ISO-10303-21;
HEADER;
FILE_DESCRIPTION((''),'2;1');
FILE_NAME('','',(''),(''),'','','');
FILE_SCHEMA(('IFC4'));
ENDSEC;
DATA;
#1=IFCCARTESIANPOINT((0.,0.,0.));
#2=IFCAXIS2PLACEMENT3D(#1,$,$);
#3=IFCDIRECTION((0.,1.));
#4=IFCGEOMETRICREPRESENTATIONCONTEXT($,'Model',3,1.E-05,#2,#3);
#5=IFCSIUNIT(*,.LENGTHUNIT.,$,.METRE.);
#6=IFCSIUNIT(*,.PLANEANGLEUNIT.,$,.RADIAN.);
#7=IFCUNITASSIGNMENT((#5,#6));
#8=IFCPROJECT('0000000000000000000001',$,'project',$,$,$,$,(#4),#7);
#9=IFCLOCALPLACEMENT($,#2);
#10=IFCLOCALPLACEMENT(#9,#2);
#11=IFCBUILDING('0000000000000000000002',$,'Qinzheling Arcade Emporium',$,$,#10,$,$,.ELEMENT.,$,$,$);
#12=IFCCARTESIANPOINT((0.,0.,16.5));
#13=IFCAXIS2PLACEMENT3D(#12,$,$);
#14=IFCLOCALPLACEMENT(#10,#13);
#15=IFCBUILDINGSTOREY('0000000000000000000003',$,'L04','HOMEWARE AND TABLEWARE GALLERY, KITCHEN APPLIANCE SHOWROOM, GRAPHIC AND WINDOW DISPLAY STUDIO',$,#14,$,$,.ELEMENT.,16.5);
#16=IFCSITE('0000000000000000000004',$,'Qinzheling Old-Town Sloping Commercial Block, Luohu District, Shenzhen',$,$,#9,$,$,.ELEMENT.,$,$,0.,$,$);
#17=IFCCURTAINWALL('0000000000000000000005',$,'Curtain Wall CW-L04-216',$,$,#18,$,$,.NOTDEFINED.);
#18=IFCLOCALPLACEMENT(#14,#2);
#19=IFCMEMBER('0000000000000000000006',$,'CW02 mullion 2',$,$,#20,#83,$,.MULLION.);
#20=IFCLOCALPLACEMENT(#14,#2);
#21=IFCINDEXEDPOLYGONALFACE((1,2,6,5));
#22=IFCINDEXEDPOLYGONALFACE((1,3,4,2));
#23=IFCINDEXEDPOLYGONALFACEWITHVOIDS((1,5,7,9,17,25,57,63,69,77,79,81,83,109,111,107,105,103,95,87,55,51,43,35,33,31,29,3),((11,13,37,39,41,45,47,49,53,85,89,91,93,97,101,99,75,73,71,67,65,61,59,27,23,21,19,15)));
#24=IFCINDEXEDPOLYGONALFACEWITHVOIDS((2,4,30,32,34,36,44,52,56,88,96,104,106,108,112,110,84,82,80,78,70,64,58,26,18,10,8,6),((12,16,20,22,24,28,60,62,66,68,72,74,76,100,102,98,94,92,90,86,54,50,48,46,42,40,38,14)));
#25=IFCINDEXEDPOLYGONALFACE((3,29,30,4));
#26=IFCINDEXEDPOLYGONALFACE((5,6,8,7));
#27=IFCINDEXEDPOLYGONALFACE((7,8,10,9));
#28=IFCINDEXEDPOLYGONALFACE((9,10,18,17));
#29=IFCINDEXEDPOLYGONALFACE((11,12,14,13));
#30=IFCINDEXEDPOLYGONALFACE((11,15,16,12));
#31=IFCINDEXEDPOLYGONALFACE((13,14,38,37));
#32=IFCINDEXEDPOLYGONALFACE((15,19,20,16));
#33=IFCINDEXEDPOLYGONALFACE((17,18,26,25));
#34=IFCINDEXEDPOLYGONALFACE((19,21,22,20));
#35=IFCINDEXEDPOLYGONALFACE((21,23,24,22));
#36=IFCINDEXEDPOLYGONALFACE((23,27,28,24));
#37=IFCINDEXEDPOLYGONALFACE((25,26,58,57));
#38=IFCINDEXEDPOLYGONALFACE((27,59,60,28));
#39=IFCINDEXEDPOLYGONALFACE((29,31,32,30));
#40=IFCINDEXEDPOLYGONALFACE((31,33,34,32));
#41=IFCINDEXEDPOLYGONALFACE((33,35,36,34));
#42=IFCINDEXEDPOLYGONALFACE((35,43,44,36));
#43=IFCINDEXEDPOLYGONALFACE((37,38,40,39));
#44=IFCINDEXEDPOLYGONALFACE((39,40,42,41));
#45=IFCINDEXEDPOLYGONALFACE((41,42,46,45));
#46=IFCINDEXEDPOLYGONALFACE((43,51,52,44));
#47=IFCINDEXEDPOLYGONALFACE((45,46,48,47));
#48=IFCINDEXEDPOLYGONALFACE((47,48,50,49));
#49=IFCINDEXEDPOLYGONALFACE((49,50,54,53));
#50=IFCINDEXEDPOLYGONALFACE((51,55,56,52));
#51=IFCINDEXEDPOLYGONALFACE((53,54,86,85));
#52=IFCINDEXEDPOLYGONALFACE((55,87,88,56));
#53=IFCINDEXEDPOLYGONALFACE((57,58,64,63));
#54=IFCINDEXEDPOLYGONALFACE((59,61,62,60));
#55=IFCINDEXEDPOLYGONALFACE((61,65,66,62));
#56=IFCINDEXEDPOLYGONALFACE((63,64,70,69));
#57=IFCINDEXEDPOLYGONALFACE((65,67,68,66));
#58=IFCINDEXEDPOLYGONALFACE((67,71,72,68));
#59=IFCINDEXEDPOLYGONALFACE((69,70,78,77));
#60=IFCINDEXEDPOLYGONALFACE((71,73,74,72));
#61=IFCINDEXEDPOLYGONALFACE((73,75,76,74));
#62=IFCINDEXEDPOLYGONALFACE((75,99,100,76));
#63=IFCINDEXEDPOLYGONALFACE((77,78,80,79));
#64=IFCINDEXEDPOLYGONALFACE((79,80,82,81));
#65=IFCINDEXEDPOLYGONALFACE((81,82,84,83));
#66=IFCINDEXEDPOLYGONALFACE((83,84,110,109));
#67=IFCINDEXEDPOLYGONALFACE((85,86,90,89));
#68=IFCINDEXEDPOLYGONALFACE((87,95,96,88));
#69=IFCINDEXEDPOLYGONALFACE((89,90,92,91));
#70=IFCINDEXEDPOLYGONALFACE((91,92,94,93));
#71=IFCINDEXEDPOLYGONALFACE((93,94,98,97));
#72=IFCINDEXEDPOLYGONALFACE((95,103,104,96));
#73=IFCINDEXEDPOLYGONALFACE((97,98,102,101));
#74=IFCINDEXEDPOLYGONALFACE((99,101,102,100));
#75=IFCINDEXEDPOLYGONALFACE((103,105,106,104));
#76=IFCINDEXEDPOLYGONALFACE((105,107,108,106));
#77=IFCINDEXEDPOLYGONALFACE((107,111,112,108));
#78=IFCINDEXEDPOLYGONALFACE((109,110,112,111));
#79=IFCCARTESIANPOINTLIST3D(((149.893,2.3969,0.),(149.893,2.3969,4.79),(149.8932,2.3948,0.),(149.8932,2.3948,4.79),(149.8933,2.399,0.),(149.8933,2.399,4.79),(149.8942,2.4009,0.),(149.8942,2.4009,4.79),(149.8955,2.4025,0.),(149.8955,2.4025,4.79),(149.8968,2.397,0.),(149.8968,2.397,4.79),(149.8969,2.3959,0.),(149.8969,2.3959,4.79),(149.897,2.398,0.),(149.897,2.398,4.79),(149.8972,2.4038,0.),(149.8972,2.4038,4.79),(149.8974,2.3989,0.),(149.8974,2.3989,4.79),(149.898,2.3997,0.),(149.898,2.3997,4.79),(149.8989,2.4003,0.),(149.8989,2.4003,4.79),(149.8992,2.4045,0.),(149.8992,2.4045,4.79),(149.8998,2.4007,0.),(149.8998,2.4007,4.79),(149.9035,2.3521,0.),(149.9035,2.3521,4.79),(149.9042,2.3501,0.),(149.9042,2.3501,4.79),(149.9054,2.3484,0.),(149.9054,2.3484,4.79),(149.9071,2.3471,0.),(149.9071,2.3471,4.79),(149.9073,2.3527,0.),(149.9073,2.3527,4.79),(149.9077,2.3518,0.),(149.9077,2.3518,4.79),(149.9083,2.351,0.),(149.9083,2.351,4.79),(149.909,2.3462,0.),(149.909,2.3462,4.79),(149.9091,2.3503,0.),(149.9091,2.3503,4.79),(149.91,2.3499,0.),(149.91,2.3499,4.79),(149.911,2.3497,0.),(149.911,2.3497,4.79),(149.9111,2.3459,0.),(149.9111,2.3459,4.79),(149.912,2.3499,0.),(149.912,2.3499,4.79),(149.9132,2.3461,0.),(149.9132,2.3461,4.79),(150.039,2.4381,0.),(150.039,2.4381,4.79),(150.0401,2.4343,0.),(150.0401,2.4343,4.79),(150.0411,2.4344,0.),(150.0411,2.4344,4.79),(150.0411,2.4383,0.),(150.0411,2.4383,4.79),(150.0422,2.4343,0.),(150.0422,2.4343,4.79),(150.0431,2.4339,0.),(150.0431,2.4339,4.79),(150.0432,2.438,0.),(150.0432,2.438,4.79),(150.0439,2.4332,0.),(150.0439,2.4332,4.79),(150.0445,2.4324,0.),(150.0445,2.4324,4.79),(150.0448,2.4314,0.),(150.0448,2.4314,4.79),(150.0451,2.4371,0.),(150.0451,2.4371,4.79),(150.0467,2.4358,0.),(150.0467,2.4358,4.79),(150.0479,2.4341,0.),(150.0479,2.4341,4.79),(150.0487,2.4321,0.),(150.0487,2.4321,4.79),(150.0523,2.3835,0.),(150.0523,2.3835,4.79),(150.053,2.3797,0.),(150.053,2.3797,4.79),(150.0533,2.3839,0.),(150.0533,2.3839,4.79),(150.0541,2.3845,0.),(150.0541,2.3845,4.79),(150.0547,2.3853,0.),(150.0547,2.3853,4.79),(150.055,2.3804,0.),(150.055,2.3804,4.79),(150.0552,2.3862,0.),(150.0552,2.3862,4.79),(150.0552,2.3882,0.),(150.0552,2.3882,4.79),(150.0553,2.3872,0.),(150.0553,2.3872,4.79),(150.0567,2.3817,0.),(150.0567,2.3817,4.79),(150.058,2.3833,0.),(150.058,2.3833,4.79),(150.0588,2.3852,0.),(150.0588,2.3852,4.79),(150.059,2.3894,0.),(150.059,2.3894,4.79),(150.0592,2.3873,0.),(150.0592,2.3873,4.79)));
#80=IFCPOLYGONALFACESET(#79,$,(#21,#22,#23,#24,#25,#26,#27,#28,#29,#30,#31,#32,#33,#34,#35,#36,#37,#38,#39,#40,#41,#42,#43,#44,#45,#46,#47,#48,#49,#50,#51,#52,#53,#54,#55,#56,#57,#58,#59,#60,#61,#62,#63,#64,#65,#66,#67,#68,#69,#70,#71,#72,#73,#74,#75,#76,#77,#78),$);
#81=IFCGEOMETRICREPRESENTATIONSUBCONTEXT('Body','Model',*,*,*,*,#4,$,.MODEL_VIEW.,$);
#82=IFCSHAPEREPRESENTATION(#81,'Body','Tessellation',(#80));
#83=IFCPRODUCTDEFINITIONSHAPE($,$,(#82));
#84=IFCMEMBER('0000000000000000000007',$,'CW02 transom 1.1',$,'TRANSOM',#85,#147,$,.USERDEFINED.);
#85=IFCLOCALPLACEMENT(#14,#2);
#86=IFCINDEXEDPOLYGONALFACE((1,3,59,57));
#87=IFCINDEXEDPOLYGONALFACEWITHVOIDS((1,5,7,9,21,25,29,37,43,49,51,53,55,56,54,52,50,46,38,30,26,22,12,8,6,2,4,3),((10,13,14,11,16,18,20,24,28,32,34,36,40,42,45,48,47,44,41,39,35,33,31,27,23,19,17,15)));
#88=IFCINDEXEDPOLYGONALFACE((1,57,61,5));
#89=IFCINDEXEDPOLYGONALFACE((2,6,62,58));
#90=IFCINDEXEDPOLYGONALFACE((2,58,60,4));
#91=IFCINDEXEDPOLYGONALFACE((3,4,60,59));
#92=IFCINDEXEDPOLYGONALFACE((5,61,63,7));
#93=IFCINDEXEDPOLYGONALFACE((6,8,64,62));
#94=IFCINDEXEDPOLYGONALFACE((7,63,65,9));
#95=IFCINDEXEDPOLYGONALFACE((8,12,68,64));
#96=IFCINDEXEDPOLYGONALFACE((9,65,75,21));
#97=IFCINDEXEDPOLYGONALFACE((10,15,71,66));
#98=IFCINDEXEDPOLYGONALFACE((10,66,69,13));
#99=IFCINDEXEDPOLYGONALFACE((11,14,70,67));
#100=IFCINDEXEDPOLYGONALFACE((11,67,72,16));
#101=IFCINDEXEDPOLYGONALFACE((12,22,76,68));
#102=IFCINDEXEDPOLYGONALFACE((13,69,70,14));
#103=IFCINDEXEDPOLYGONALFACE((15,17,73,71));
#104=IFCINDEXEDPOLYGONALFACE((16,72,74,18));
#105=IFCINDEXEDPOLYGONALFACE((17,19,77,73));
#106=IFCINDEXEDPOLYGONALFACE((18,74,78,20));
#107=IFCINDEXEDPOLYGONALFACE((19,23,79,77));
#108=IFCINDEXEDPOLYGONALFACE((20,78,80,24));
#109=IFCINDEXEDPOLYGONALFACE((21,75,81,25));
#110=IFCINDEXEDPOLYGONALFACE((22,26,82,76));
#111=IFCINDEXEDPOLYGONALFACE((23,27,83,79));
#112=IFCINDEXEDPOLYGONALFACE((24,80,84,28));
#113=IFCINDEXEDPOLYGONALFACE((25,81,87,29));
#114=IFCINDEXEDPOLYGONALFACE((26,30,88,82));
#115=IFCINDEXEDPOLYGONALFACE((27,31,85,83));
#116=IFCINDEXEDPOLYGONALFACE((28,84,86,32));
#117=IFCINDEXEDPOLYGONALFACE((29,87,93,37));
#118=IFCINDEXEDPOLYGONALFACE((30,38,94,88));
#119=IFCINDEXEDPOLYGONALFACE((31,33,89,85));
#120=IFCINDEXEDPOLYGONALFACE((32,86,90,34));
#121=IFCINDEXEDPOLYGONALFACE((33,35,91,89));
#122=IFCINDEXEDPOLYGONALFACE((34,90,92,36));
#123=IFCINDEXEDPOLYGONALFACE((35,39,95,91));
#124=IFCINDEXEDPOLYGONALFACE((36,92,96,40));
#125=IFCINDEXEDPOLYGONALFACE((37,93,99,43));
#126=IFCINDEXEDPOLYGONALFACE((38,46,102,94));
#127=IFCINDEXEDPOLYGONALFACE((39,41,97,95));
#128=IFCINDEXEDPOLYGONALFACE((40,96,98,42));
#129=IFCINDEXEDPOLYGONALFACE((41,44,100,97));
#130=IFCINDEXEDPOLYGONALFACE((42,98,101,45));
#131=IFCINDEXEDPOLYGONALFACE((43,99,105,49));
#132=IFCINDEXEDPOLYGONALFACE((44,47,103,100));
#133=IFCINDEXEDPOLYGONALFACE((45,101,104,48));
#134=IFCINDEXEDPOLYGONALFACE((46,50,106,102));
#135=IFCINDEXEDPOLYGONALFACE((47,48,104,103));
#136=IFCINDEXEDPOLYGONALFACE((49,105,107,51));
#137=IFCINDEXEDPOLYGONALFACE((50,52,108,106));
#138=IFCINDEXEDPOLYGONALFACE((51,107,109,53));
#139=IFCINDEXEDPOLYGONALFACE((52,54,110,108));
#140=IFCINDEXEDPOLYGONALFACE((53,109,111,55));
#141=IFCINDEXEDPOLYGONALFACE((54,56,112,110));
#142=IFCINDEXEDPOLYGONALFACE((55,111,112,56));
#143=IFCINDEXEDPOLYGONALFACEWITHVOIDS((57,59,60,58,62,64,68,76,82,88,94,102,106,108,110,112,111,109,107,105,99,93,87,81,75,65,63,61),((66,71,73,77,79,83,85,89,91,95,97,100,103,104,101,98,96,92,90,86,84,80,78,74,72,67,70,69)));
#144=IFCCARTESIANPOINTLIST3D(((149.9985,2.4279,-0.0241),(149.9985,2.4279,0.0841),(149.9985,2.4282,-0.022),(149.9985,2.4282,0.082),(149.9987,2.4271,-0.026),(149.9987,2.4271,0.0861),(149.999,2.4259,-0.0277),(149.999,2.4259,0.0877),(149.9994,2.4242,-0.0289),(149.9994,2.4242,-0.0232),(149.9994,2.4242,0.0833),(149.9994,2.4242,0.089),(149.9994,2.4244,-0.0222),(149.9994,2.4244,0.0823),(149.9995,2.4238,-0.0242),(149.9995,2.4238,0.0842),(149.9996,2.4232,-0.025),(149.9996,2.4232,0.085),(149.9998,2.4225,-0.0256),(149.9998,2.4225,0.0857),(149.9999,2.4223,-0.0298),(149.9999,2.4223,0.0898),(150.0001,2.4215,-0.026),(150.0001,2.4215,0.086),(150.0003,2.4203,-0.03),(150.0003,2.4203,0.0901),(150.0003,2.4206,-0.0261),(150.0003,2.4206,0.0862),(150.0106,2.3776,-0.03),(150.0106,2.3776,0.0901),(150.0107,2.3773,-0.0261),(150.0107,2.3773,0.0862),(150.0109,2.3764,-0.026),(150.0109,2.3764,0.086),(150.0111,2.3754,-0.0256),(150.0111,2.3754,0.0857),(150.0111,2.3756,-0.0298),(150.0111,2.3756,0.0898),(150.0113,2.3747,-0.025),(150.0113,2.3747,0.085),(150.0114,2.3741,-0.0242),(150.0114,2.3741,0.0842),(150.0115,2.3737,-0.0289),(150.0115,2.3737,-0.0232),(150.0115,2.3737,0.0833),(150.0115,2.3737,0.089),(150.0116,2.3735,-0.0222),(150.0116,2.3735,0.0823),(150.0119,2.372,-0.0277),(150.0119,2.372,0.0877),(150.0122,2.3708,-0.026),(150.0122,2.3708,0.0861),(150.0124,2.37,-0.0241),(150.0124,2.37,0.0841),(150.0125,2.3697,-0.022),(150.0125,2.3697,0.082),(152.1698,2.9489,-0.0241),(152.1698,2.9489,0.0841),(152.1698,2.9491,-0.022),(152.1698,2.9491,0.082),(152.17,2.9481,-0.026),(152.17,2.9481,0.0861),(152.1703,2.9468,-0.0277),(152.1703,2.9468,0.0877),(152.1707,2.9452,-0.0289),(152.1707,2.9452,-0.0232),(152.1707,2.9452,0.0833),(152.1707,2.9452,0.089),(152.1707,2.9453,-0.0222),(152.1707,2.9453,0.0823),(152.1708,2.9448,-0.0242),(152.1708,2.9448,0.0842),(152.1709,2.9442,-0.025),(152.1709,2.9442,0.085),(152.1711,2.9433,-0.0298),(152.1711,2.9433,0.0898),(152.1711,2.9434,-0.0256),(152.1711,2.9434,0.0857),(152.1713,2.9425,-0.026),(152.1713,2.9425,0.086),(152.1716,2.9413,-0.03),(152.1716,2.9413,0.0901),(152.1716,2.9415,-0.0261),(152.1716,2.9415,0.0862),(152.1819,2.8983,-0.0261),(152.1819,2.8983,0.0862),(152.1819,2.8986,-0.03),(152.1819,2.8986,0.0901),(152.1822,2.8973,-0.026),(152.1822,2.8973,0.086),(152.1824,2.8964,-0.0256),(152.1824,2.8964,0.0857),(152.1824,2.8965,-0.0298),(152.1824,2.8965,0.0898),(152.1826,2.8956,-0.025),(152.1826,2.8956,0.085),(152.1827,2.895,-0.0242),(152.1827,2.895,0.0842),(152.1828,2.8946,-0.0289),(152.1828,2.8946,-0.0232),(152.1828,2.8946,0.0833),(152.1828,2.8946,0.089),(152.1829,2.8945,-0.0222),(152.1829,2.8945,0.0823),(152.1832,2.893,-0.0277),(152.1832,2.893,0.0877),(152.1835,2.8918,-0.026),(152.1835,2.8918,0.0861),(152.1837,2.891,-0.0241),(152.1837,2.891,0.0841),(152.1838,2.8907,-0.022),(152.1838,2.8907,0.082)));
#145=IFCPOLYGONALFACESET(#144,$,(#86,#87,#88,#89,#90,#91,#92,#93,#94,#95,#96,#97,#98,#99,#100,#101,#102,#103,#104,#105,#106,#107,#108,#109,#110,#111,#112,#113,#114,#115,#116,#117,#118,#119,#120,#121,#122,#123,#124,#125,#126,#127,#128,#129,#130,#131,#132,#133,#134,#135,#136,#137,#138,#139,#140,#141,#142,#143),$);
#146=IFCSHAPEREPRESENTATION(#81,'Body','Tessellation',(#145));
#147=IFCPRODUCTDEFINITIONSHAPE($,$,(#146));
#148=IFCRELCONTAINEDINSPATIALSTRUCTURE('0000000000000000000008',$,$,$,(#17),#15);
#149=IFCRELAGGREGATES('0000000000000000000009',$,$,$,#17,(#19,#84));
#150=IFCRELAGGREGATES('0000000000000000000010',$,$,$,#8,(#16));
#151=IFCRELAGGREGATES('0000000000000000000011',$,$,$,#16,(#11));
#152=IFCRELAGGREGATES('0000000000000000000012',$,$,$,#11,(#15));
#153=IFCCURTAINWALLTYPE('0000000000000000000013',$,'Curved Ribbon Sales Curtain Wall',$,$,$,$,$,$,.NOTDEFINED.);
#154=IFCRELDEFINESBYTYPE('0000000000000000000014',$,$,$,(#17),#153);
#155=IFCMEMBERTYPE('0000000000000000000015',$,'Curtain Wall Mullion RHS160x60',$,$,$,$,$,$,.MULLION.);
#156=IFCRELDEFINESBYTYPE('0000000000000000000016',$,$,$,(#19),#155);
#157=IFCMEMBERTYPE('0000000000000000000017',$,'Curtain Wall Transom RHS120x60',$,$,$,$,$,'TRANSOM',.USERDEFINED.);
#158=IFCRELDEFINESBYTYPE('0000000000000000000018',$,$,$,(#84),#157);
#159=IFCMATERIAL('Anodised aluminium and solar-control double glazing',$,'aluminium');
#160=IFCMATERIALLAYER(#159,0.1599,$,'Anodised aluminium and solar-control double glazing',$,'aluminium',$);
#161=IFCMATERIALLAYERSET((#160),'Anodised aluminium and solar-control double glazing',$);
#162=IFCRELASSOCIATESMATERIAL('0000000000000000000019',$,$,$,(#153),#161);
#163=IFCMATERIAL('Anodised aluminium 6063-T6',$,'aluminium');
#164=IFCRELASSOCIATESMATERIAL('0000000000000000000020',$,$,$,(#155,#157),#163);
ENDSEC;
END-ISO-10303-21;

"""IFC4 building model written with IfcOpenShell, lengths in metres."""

from ifc_helpers import new_model, si_unit, direction, frame, origin, origin_2d, place, context, subcontext, project, spatial, hollow_rectangle, extrude, material, layer, layer_set, material_profile, profile_set, type_object, element, aggregate, save


model = new_model("IFC4")

# Units and contexts
model_context = context("Model", 3, precision=1e-05, world=origin(), true_north=direction((0.0, 1.0)))
body_context = subcontext(model_context, "Body", "Model", "MODEL_VIEW")
ifc_project = project(units=[si_unit("LENGTHUNIT", "METRE"), si_unit("PLANEANGLEUNIT", "RADIAN")], contexts=[model_context])

# Site, building, storey
site_placement = place(None, origin())
site = spatial("IfcSite", under=ifc_project, at=site_placement, Name="Qinzheling Old-Town Sloping Commercial Block, Luohu District, Shenzhen", CompositionType="ELEMENT", RefElevation=0.0)
building_placement = place(site_placement, origin())
building = spatial("IfcBuilding", under=site, at=building_placement, Name="Qinzheling Arcade Emporium", CompositionType="ELEMENT")
storey_placement = place(building_placement, frame((0.0, 0.0, 16.5)))
storey = spatial("IfcBuildingStorey", under=building, at=storey_placement, Name="L04", Description="HOMEWARE AND TABLEWARE GALLERY, KITCHEN APPLIANCE SHOWROOM, GRAPHIC AND WINDOW DISPLAY STUDIO", CompositionType="ELEMENT", Elevation=16.5)

# Shared definitions
ifc_material_1 = material(Name="Anodised aluminium and solar-control double glazing", Category="aluminium")
ifc_layer_1 = layer(ifc_material_1, 0.1599, Name="Anodised aluminium and solar-control double glazing", Category="aluminium")
ifc_layer_set_1 = layer_set([ifc_layer_1], Name="Anodised aluminium and solar-control double glazing")
curtain_wall_type = type_object("IfcCurtainWallType", Name="Curved Ribbon Sales Curtain Wall", PredefinedType="NOTDEFINED", material=ifc_layer_set_1)
ifc_material_2 = material(Name="Anodised aluminium 6063-T6", Category="aluminium")
ifc_material_profile_1 = material_profile(ifc_material_2, hollow_rectangle(XDim=0.0601, YDim=0.1599, WallThickness=0.0039, InnerFilletRadius=0.0039, OuterFilletRadius=0.0081, at=origin_2d()), Name="RHS 160x60x4", Category="aluminium")
ifc_profile_set_1 = profile_set([ifc_material_profile_1], Name="Anodised aluminium 6063-T6")
member_type_1 = type_object("IfcMemberType", Name="Curtain Wall Mullion RHS160x60", PredefinedType="MULLION", material=ifc_profile_set_1)

# Curtain wall, members
curtain_wall_1_placement = place(storey_placement, origin())
curtain_wall_1 = element("IfcCurtainWall", 1, at=curtain_wall_1_placement, inside=storey, type_object=curtain_wall_type, Name="Curtain Wall CW-L04-216", PredefinedType="NOTDEFINED")
member_1_placement = place(storey_placement, frame((149.9761, 2.3921, 0.0), z_axis=(0.0, 0.0, 1.0), x_axis=(0.233325, -0.972399, 0.0)))
member_1 = element("IfcMember", 2, at=member_1_placement, type_object=member_type_1, Name="CW02 mullion 2", PredefinedType="MULLION", context=body_context, shape_type="SweptSolid", body=[
    extrude(hollow_rectangle(XDim=0.0601, YDim=0.1599, WallThickness=0.0039, InnerFilletRadius=0.0039, OuterFilletRadius=0.0081, at=origin_2d()), origin(), (0.0, 0.0, 1.0), 4.79),
])
ifc_material_profile_2 = material_profile(ifc_material_2, hollow_rectangle(XDim=0.0601, YDim=0.1201, WallThickness=0.0039, InnerFilletRadius=0.0039, OuterFilletRadius=0.0081, at=origin_2d()), Name="RHS 120x60x4", Category="aluminium")
ifc_profile_set_2 = profile_set([ifc_material_profile_2], Name="Anodised aluminium 6063-T6")
member_type_2 = type_object("IfcMemberType", Name="Curtain Wall Transom RHS120x60", ElementType="TRANSOM", PredefinedType="USERDEFINED", material=ifc_profile_set_2)
member_2_placement = place(storey_placement, frame((152.1768, 2.9199, 0.03), z_axis=(-0.972401, -0.233315, 0.0), x_axis=(0.233315, -0.972401, 0.0)))
member_2 = element("IfcMember", 3, at=member_2_placement, type_object=member_type_2, Name="CW02 transom 1.1", ObjectType="TRANSOM", PredefinedType="USERDEFINED", context=body_context, shape_type="SweptSolid", body=[
    extrude(hollow_rectangle(XDim=0.0601, YDim=0.1201, WallThickness=0.0039, InnerFilletRadius=0.0039, OuterFilletRadius=0.0081, at=origin_2d()), origin(), (0.0, 0.0, 1.0), 2.2329),
])
aggregate(curtain_wall_1, [member_1, member_2])

save(model, "model.ifc")
